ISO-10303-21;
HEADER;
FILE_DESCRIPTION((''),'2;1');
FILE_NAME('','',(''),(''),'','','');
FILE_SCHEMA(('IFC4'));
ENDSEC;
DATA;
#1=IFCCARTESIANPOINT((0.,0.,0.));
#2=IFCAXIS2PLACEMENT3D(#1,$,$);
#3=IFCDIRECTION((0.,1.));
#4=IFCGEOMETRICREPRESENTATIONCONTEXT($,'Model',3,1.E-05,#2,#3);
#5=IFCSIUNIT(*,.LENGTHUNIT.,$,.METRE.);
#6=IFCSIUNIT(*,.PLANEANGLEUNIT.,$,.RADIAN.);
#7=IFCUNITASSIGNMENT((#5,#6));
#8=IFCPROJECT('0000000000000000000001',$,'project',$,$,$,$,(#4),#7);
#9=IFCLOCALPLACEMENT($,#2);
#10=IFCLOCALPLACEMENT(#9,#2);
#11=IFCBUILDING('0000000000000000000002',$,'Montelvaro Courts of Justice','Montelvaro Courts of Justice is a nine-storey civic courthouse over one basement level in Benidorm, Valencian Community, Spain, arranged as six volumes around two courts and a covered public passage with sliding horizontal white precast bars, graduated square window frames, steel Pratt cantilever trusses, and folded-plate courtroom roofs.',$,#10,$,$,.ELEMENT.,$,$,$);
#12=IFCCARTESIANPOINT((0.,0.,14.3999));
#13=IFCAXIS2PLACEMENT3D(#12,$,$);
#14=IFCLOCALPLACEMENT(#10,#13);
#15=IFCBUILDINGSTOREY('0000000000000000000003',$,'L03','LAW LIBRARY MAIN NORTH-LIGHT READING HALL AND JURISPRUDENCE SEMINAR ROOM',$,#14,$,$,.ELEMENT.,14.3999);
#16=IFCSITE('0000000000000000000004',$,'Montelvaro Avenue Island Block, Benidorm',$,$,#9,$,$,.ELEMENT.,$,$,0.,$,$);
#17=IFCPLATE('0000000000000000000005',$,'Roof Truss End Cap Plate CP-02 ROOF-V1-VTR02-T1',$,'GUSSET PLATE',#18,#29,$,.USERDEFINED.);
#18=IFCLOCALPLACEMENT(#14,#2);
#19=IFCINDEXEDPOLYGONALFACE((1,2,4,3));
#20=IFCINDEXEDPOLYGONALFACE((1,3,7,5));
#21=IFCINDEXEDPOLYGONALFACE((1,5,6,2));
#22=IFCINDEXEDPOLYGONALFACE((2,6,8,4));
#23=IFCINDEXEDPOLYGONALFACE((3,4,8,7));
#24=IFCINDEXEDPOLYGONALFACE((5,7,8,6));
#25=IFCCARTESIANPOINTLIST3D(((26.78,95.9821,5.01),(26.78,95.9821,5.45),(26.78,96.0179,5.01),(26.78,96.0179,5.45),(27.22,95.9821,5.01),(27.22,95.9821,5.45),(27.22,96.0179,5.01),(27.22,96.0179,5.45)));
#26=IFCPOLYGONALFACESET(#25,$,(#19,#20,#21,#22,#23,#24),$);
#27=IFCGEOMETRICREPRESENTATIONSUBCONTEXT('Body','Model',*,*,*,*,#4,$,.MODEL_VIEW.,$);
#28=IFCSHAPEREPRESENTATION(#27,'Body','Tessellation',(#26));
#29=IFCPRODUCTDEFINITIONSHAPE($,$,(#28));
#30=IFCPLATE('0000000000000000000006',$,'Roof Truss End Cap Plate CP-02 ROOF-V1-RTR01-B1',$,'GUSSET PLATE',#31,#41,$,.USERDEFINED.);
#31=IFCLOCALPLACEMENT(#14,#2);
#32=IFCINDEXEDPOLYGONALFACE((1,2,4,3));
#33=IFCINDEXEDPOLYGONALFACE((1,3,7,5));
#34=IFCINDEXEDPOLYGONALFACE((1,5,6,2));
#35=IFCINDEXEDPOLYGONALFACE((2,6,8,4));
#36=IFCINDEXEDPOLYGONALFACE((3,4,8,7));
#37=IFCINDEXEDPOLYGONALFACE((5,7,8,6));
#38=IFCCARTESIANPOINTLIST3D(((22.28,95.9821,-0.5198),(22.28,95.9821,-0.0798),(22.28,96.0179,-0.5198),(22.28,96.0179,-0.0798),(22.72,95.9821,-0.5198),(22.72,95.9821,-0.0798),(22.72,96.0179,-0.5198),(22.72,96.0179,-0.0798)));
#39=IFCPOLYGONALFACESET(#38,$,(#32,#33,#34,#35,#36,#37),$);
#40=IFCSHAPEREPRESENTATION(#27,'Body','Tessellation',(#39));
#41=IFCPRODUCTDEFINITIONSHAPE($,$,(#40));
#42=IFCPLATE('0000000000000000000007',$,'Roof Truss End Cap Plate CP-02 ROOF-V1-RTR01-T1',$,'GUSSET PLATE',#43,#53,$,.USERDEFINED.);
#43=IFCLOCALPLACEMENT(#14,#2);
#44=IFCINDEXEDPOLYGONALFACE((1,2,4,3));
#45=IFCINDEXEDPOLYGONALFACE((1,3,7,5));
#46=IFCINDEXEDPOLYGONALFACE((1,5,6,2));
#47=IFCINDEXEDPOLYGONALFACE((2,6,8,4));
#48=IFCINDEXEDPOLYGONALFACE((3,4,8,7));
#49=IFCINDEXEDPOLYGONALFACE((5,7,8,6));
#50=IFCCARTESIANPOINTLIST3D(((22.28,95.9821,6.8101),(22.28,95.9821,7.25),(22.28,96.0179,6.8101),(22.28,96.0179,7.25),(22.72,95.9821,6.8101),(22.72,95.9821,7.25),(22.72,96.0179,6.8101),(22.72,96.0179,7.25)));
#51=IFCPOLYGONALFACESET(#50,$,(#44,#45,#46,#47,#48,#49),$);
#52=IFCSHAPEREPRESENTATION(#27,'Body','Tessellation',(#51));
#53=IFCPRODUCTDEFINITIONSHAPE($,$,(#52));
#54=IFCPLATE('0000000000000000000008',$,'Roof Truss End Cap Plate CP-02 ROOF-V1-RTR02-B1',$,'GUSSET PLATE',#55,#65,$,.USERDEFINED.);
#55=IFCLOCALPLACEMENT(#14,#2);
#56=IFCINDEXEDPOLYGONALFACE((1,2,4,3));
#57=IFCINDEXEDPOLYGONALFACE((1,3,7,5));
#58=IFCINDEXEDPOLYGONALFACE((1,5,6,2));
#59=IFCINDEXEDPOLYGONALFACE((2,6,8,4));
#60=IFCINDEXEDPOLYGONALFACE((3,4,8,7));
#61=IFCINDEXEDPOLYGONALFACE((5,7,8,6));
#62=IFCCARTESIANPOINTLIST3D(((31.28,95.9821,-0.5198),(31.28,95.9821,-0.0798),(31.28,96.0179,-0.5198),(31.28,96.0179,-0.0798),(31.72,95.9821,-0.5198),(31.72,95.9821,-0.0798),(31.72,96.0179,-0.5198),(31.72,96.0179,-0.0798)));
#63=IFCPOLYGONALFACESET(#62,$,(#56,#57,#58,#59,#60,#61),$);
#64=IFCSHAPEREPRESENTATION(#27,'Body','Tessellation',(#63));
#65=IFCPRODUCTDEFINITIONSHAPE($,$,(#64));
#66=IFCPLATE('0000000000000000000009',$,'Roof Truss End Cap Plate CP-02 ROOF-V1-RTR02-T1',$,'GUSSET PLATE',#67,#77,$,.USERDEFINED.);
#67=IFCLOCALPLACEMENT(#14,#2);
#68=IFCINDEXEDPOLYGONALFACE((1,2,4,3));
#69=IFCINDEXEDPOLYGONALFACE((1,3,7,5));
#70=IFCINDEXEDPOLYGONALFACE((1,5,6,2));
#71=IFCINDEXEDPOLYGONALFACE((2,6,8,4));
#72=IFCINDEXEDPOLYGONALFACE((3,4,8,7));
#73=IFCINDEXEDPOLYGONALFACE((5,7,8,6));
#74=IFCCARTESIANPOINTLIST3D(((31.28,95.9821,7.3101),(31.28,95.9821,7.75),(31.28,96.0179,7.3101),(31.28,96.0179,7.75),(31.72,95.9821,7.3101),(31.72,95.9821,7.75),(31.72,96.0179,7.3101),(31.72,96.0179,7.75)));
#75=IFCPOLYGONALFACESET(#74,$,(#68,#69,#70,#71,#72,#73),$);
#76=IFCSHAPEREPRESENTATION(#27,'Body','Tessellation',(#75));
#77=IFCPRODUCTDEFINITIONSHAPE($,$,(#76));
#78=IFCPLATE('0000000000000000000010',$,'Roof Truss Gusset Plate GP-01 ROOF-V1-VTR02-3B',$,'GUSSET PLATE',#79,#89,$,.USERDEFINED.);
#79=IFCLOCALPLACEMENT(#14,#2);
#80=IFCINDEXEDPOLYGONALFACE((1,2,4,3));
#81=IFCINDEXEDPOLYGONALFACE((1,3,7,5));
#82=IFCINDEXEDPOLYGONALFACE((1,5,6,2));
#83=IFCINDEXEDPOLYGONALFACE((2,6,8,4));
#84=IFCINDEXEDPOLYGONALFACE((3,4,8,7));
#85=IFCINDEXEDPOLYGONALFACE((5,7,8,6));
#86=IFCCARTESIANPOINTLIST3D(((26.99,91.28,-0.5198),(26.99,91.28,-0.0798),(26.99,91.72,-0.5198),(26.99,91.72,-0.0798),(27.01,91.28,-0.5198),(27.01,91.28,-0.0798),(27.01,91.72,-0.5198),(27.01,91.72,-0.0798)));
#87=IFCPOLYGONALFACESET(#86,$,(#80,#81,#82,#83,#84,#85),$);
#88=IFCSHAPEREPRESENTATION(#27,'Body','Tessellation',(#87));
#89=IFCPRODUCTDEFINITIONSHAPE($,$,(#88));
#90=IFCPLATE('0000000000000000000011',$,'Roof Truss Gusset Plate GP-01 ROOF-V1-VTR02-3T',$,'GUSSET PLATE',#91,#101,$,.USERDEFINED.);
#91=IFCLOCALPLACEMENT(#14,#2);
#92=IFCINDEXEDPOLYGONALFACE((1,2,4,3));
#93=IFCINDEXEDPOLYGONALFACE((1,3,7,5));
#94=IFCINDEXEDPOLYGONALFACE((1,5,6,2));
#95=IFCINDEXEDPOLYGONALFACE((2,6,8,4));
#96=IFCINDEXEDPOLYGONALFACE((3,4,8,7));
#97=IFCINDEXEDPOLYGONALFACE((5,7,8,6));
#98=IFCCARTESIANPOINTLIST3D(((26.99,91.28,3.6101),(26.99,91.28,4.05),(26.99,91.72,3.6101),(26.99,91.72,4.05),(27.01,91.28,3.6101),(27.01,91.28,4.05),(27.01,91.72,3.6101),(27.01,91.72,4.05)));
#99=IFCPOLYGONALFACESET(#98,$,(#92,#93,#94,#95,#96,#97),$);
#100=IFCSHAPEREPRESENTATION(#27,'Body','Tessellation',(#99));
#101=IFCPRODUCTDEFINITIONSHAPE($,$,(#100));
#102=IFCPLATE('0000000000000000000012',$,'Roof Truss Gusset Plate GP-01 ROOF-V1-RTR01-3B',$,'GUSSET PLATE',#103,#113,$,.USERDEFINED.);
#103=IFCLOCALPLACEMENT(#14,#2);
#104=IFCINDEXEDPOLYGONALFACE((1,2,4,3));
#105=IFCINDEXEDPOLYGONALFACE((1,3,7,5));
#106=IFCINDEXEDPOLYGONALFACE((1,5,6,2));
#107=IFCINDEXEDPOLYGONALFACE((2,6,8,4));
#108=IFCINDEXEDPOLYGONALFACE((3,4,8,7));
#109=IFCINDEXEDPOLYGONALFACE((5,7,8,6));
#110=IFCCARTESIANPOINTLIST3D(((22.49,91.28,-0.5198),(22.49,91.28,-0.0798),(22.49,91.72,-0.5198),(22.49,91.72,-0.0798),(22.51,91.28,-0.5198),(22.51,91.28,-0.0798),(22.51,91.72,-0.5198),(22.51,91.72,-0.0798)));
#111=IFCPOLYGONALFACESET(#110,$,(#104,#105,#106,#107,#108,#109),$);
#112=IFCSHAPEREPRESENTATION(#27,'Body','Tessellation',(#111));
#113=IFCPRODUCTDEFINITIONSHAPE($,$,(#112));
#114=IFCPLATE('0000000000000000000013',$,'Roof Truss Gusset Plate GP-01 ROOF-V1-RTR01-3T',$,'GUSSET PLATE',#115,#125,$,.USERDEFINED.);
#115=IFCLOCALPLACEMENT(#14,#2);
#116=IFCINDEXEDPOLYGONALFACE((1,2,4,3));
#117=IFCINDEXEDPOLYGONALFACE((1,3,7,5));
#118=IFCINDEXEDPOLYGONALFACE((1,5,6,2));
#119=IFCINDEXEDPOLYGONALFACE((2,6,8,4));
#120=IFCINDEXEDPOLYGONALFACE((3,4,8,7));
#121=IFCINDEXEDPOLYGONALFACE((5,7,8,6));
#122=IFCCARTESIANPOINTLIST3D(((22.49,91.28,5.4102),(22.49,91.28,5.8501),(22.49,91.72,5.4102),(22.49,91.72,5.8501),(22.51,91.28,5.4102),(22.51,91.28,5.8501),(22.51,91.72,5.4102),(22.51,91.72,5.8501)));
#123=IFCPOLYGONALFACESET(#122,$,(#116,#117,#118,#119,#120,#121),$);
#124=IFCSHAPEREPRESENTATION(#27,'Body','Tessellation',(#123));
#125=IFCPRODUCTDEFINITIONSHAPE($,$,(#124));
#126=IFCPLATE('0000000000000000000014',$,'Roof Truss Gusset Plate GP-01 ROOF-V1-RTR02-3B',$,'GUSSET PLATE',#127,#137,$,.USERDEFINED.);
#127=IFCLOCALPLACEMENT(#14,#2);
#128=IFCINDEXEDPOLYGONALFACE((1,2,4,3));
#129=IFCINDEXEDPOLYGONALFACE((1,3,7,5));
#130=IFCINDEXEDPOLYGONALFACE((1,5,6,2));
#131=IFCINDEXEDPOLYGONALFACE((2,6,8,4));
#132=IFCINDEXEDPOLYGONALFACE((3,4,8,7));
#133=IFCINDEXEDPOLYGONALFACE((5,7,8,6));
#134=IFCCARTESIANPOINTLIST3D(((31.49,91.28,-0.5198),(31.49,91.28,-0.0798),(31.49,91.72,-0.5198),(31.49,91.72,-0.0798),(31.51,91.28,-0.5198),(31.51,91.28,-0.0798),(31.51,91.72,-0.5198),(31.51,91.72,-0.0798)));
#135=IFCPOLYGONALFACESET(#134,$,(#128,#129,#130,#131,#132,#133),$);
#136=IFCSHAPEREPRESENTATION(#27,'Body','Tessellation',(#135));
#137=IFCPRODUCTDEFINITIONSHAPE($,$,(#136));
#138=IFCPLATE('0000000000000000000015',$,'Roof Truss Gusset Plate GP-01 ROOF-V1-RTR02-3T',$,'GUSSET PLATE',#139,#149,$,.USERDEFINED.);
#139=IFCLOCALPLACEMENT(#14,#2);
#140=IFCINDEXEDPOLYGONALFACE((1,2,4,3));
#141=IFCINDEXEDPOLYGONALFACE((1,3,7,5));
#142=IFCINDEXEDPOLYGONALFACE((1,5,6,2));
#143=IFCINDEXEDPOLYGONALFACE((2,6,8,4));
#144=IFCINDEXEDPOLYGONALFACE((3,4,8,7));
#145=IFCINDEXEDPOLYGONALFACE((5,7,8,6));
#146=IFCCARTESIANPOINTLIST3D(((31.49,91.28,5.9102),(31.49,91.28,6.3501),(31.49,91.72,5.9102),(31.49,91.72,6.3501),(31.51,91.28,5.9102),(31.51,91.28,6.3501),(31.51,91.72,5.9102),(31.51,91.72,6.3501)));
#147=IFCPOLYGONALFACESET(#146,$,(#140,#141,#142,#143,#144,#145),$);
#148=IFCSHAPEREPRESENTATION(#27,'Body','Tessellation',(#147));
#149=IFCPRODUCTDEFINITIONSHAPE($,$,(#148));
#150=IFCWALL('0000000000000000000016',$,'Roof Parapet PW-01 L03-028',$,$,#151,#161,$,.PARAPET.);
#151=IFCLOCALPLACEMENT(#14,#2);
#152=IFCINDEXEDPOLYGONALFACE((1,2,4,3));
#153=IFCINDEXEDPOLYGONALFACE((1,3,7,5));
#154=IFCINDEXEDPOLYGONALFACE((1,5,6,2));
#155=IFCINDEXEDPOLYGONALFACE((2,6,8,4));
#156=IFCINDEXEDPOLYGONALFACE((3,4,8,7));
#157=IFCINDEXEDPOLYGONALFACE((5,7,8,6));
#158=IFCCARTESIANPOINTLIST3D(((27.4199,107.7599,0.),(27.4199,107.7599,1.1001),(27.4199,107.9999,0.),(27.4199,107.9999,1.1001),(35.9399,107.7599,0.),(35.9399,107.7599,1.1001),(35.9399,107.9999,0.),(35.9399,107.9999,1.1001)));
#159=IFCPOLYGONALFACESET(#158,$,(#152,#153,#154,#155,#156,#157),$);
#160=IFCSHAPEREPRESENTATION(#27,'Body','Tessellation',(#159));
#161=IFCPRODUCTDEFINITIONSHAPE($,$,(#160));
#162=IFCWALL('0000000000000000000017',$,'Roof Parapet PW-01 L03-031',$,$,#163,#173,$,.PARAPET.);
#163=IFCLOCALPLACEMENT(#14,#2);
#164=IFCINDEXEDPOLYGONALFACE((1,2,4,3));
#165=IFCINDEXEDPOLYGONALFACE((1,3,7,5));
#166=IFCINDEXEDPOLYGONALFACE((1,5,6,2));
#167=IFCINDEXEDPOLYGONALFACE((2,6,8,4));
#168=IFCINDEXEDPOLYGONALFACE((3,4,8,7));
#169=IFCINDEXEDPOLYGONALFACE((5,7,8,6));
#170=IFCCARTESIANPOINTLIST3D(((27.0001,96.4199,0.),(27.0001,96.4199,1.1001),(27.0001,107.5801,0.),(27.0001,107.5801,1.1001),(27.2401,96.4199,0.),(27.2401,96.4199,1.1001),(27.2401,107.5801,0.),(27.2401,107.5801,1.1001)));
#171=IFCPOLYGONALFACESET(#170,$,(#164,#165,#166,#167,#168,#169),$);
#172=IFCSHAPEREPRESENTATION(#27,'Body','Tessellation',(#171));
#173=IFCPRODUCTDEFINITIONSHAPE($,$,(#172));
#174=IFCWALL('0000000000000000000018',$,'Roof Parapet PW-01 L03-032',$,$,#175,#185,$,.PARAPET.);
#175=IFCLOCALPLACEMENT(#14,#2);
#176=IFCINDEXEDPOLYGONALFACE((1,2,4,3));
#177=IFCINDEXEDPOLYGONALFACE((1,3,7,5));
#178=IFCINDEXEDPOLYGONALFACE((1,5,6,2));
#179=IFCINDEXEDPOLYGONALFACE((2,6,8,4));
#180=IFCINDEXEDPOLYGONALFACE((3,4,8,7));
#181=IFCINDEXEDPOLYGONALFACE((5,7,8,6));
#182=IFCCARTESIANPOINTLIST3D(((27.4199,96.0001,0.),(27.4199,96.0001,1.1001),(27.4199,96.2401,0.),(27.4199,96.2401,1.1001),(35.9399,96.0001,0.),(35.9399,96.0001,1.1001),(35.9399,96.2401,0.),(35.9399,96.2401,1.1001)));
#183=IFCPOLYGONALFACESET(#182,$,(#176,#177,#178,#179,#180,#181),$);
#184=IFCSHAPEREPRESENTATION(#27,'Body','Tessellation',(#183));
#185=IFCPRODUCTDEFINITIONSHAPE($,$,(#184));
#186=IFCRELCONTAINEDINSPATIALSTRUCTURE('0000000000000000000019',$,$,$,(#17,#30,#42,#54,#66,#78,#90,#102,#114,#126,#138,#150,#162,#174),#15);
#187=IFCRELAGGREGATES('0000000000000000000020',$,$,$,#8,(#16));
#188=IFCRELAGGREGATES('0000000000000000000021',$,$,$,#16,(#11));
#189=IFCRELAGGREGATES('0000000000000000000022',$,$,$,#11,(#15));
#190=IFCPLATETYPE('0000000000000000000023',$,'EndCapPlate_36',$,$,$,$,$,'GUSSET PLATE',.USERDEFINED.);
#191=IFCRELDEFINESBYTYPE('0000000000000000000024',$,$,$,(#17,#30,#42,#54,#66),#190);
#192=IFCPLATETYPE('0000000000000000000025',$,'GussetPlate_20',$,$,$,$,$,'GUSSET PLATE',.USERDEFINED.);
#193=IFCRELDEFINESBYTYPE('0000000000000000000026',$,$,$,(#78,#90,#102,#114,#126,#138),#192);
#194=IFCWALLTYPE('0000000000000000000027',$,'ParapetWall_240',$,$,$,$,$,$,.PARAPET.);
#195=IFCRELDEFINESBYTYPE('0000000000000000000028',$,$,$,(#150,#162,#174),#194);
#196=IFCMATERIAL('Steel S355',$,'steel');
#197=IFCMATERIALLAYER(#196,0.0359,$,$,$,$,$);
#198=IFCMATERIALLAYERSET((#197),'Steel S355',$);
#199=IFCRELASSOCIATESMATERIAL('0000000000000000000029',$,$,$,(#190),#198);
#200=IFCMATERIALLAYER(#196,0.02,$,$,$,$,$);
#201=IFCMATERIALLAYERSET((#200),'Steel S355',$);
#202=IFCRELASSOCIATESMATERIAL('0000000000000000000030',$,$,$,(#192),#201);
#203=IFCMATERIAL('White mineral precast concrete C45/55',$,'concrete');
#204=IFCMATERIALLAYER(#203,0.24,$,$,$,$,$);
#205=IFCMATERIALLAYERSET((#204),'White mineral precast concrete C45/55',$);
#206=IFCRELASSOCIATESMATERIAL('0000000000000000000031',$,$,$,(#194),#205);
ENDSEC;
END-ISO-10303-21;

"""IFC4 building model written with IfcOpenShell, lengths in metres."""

from ifc_helpers import new_model, si_unit, direction, frame, frame_2d, origin, origin_2d, place, context, subcontext, project, spatial, rectangle, extrude, material, layer, layer_set, type_object, element, save


model = new_model("IFC4")

# Units and contexts
model_context = context("Model", 3, precision=1e-05, world=origin(), true_north=direction((0.0, 1.0)))
body_context = subcontext(model_context, "Body", "Model", "MODEL_VIEW")
ifc_project = project(units=[si_unit("LENGTHUNIT", "METRE"), si_unit("PLANEANGLEUNIT", "RADIAN")], contexts=[model_context])

# Site, building, storey
site_placement = place(None, origin())
site = spatial("IfcSite", under=ifc_project, at=site_placement, Name="Montelvaro Avenue Island Block, Benidorm", CompositionType="ELEMENT", RefElevation=0.0)
building_placement = place(site_placement, origin())
building = spatial("IfcBuilding", under=site, at=building_placement, Name="Montelvaro Courts of Justice", Description="Montelvaro Courts of Justice is a nine-storey civic courthouse over one basement level in Benidorm, Valencian Community, Spain, arranged as six volumes around two courts and a covered public passage with sliding horizontal white precast bars, graduated square window frames, steel Pratt cantilever trusses, and folded-plate courtroom roofs.", CompositionType="ELEMENT")
storey_placement = place(building_placement, frame((0.0, 0.0, 14.3999)))
storey = spatial("IfcBuildingStorey", under=building, at=storey_placement, Name="L03", Description="LAW LIBRARY MAIN NORTH-LIGHT READING HALL AND JURISPRUDENCE SEMINAR ROOM", CompositionType="ELEMENT", Elevation=14.3999)

# Shared definitions
ifc_material_1 = material(Name="Steel S355", Category="steel")

# Plates
ifc_layer_1 = layer(ifc_material_1, 0.0359)
ifc_layer_set_1 = layer_set([ifc_layer_1], Name="Steel S355")
plate_type_1 = type_object("IfcPlateType", Name="EndCapPlate_36", ElementType="GUSSET PLATE", PredefinedType="USERDEFINED", material=ifc_layer_set_1)
for number, where, z_axis, x_axis, name in (
    (1, (27.0, 96.0, 5.01), (0.0, 0.0, 1.0), (1.0, 0.0, 0.0), "Roof Truss End Cap Plate CP-02 ROOF-V1-VTR02-T1"),
    (2, (22.5, 96.0, -0.5198), (0.0, 0.0, 1.0), (1.0, 0.0, 0.0), "Roof Truss End Cap Plate CP-02 ROOF-V1-RTR01-B1"),
    (3, (22.5, 96.0, 6.8101), (0.0, 0.0, 1.0), (1.0, 0.0, 0.0), "Roof Truss End Cap Plate CP-02 ROOF-V1-RTR01-T1"),
    (4, (31.5, 96.0, -0.5198), (0.0, 0.0, 1.0), (1.0, 0.0, 0.0), "Roof Truss End Cap Plate CP-02 ROOF-V1-RTR02-B1"),
    (5, (31.5, 96.0, 7.3101), (0.0, 0.0, 1.0), (1.0, 0.0, 0.0), "Roof Truss End Cap Plate CP-02 ROOF-V1-RTR02-T1"),
):
    element("IfcPlate", number, at=place(storey_placement, frame(where, z_axis=z_axis, x_axis=x_axis)), inside=storey, type_object=plate_type_1, Name=name, ObjectType="GUSSET PLATE", PredefinedType="USERDEFINED", context=body_context, shape_type="SweptSolid", body=[
        extrude(rectangle(XDim=0.4399, YDim=0.0359, at=origin_2d()), origin(), (0.0, 0.0, 1.0), 0.4399),
    ])
ifc_layer_2 = layer(ifc_material_1, 0.02)
ifc_layer_set_2 = layer_set([ifc_layer_2], Name="Steel S355")
plate_type_2 = type_object("IfcPlateType", Name="GussetPlate_20", ElementType="GUSSET PLATE", PredefinedType="USERDEFINED", material=ifc_layer_set_2)
for number, where, z_axis, x_axis, name in (
    (6, (27.0, 91.5, -0.5198), (0.0, 0.0, 1.0), (1.0, 0.0, 0.0), "Roof Truss Gusset Plate GP-01 ROOF-V1-VTR02-3B"),
    (7, (27.0, 91.5, 3.6101), (0.0, 0.0, 1.0), (1.0, 0.0, 0.0), "Roof Truss Gusset Plate GP-01 ROOF-V1-VTR02-3T"),
    (8, (22.5, 91.5, -0.5198), (0.0, 0.0, 1.0), (1.0, 0.0, 0.0), "Roof Truss Gusset Plate GP-01 ROOF-V1-RTR01-3B"),
    (9, (22.5, 91.5, 5.4102), (0.0, 0.0, 1.0), (1.0, 0.0, 0.0), "Roof Truss Gusset Plate GP-01 ROOF-V1-RTR01-3T"),
    (10, (31.5, 91.5, -0.5198), (0.0, 0.0, 1.0), (1.0, 0.0, 0.0), "Roof Truss Gusset Plate GP-01 ROOF-V1-RTR02-3B"),
    (11, (31.5, 91.5, 5.9102), (0.0, 0.0, 1.0), (1.0, 0.0, 0.0), "Roof Truss Gusset Plate GP-01 ROOF-V1-RTR02-3T"),
):
    element("IfcPlate", number, at=place(storey_placement, frame(where, z_axis=z_axis, x_axis=x_axis)), inside=storey, type_object=plate_type_2, Name=name, ObjectType="GUSSET PLATE", PredefinedType="USERDEFINED", context=body_context, shape_type="SweptSolid", body=[
        extrude(rectangle(XDim=0.02, YDim=0.4399, at=origin_2d()), origin(), (0.0, 0.0, 1.0), 0.4399),
    ])

# Walls
ifc_material_2 = material(Name="White mineral precast concrete C45/55", Category="concrete")
ifc_layer_3 = layer(ifc_material_2, 0.24)
ifc_layer_set_3 = layer_set([ifc_layer_3], Name="White mineral precast concrete C45/55")
wall_type = type_object("IfcWallType", Name="ParapetWall_240", PredefinedType="PARAPET", material=ifc_layer_set_3)
wall_1_placement = place(storey_placement, frame((27.4199, 107.8799, 0.0), z_axis=(0.0, 0.0, 1.0), x_axis=(1.0, 0.0, 0.0)))
element("IfcWall", 12, at=wall_1_placement, inside=storey, type_object=wall_type, Name="Roof Parapet PW-01 L03-028", PredefinedType="PARAPET", context=body_context, shape_type="SweptSolid", body=[
    extrude(rectangle(XDim=8.52, YDim=0.24, at=frame_2d((4.26, 0.0))), origin(), (0.0, 0.0, 1.0), 1.1001),
])
wall_2_placement = place(storey_placement, frame((27.1201, 96.4199, 0.0), z_axis=(0.0, 0.0, 1.0), x_axis=(0.0, 1.0, 0.0)))
element("IfcWall", 13, at=wall_2_placement, inside=storey, type_object=wall_type, Name="Roof Parapet PW-01 L03-031", PredefinedType="PARAPET", context=body_context, shape_type="SweptSolid", body=[
    extrude(rectangle(XDim=11.1602, YDim=0.24, at=frame_2d((5.5801, 0.0))), origin(), (0.0, 0.0, 1.0), 1.1001),
])
wall_3_placement = place(storey_placement, frame((27.4199, 96.1201, 0.0), z_axis=(0.0, 0.0, 1.0), x_axis=(1.0, 0.0, 0.0)))
element("IfcWall", 14, at=wall_3_placement, inside=storey, type_object=wall_type, Name="Roof Parapet PW-01 L03-032", PredefinedType="PARAPET", context=body_context, shape_type="SweptSolid", body=[
    extrude(rectangle(XDim=8.52, YDim=0.24, at=frame_2d((4.26, 0.0))), origin(), (0.0, 0.0, 1.0), 1.1001),
])

save(model, "model.ifc")
